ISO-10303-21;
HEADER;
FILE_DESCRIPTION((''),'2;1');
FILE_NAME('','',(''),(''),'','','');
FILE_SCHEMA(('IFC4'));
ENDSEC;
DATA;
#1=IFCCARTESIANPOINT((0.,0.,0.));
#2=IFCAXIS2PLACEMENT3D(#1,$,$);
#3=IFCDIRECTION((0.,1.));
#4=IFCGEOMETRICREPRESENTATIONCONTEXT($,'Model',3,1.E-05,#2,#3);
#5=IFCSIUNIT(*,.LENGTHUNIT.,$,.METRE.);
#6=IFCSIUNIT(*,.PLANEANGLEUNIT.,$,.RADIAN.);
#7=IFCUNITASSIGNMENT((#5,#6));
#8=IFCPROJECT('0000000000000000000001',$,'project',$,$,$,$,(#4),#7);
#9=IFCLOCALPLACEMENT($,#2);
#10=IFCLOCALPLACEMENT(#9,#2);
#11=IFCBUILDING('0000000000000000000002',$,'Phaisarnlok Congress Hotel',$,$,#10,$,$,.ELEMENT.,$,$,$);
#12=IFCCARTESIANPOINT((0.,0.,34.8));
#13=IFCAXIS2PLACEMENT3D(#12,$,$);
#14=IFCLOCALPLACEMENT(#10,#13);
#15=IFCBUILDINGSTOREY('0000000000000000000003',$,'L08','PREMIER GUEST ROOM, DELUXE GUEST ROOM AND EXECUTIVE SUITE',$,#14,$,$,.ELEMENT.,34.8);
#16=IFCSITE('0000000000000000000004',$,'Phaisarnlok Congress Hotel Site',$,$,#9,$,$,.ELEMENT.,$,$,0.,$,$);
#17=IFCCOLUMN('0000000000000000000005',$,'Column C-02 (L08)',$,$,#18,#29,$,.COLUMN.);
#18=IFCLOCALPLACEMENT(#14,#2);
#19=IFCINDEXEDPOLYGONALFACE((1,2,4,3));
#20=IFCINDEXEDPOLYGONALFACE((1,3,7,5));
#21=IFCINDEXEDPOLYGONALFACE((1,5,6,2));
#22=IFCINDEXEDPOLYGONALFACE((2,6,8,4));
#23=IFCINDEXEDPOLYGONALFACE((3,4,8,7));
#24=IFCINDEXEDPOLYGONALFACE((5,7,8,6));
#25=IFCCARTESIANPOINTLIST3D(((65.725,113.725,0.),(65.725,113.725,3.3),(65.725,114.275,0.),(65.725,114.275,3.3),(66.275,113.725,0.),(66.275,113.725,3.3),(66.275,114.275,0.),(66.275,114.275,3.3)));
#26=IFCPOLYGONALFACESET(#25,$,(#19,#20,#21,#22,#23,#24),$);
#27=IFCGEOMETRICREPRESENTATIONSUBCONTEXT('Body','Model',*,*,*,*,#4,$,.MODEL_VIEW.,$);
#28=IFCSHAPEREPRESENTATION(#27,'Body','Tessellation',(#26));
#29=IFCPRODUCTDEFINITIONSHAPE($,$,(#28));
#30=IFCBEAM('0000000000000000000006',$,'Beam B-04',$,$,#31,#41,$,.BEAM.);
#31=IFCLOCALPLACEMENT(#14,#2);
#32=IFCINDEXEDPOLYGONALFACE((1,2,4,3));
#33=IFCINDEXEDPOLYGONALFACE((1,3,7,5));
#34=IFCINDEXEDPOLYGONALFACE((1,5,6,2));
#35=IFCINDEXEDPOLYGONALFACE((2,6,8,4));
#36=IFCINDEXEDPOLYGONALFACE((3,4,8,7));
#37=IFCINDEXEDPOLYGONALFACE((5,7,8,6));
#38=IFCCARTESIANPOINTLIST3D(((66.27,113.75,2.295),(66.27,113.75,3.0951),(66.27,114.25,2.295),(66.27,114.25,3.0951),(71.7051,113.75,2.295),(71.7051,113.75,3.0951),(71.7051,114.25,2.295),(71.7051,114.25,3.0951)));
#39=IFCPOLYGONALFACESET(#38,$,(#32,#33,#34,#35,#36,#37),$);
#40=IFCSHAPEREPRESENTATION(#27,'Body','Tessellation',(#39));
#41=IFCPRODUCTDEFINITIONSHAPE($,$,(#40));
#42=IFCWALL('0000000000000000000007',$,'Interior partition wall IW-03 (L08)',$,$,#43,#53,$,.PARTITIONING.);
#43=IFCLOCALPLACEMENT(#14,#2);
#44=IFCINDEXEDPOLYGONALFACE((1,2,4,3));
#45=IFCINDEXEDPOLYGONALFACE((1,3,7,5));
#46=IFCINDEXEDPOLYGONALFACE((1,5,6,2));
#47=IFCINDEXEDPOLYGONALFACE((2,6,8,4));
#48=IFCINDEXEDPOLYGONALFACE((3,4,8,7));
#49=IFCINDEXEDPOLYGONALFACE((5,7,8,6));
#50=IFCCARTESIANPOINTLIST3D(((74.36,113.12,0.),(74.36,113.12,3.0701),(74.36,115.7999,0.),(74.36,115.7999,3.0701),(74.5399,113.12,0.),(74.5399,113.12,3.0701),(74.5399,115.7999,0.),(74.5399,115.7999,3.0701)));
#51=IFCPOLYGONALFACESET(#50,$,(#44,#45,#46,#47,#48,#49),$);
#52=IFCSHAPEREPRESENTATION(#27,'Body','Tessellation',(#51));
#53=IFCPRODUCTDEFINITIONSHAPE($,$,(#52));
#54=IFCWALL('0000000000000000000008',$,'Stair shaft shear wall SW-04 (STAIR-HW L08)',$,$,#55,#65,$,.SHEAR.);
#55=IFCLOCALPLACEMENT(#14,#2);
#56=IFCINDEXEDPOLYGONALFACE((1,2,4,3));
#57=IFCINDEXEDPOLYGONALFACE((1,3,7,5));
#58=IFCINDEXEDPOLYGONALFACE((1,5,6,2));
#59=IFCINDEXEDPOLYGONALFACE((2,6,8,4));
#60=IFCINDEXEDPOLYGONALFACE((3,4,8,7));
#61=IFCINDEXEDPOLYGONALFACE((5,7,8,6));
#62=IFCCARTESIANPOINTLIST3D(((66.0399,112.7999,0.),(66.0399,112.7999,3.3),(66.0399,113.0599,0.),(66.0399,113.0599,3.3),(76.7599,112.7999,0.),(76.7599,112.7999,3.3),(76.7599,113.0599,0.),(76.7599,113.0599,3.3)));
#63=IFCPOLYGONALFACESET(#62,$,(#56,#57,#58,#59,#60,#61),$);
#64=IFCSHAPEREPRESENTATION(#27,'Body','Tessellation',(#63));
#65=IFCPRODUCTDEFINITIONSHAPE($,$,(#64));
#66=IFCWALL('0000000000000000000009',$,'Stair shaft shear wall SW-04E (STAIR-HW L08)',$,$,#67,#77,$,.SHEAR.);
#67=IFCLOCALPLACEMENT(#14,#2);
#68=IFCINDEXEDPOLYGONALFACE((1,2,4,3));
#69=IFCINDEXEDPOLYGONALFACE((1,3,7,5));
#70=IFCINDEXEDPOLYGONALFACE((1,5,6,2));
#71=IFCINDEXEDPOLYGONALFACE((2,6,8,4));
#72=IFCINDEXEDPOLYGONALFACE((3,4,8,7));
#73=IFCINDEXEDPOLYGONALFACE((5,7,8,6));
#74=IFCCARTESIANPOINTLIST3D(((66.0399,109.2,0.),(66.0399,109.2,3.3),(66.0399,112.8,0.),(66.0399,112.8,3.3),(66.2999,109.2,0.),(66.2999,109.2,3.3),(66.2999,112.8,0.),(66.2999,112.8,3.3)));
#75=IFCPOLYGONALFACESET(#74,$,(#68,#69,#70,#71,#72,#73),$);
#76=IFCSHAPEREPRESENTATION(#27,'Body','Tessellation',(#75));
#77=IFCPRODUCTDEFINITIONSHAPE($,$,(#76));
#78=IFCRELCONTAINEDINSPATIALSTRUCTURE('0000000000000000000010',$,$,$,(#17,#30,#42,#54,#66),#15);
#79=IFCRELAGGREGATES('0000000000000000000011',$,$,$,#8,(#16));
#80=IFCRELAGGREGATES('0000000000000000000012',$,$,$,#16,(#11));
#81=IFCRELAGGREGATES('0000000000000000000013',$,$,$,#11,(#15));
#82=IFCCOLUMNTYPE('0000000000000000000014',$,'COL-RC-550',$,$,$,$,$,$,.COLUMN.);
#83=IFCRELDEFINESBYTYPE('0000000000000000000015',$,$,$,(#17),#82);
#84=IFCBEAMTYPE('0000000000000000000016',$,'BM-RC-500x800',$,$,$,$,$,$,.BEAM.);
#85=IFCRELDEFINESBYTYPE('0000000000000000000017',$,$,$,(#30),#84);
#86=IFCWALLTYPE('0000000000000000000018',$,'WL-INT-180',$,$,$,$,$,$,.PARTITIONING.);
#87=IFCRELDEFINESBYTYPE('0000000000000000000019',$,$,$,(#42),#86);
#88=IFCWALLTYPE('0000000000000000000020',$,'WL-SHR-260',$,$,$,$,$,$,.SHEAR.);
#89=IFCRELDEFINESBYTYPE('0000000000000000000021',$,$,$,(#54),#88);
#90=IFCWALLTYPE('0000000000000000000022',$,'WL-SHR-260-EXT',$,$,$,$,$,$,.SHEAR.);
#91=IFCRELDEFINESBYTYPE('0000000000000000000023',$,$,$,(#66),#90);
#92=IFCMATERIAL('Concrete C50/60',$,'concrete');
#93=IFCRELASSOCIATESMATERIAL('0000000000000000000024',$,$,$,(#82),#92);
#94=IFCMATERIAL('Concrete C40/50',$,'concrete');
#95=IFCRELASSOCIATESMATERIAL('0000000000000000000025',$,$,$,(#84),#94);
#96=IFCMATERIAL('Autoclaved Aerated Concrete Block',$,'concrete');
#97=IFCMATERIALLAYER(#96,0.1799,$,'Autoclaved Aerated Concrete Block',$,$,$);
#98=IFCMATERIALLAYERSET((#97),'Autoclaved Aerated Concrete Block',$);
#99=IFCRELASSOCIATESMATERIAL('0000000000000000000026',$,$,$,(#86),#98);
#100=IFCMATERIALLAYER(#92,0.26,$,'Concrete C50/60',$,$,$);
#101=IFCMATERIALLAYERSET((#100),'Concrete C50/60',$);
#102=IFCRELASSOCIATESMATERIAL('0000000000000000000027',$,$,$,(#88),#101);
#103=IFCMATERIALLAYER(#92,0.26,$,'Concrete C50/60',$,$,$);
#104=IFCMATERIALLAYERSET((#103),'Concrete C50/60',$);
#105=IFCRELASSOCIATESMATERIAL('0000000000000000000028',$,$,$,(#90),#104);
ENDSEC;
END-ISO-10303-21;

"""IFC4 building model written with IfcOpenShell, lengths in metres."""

from ifc_helpers import new_model, si_unit, direction, frame, frame_2d, origin, origin_2d, place, context, subcontext, project, spatial, rectangle, extrude, material, layer, layer_set, material_profile, profile_set, type_object, element, save


model = new_model("IFC4")

# Units and contexts
model_context = context("Model", 3, precision=1e-05, world=origin(), true_north=direction((0.0, 1.0)))
body_context = subcontext(model_context, "Body", "Model", "MODEL_VIEW")
ifc_project = project(units=[si_unit("LENGTHUNIT", "METRE"), si_unit("PLANEANGLEUNIT", "RADIAN")], contexts=[model_context])

# Site, building, storey
site_placement = place(None, origin())
site = spatial("IfcSite", under=ifc_project, at=site_placement, Name="Phaisarnlok Congress Hotel Site", CompositionType="ELEMENT", RefElevation=0.0)
building_placement = place(site_placement, origin())
building = spatial("IfcBuilding", under=site, at=building_placement, Name="Phaisarnlok Congress Hotel", CompositionType="ELEMENT")
storey_placement = place(building_placement, frame((0.0, 0.0, 34.8)))
storey = spatial("IfcBuildingStorey", under=building, at=storey_placement, Name="L08", Description="PREMIER GUEST ROOM, DELUXE GUEST ROOM AND EXECUTIVE SUITE", CompositionType="ELEMENT", Elevation=34.8)

# Column
ifc_material_1 = material(Name="Concrete C50/60", Category="concrete")
ifc_material_profile_1 = material_profile(ifc_material_1, rectangle(XDim=0.55, YDim=0.55, at=origin_2d()), Name="RC 550x550")
ifc_profile_set_1 = profile_set([ifc_material_profile_1], Name="Concrete C50/60")
column_type = type_object("IfcColumnType", Name="COL-RC-550", PredefinedType="COLUMN", material=ifc_profile_set_1)
column_placement = place(storey_placement, frame((66.0, 114.0, 0.0), z_axis=(0.0, 0.0, 1.0), x_axis=(1.0, 0.0, 0.0)))
element("IfcColumn", 1, at=column_placement, inside=storey, type_object=column_type, Name="Column C-02 (L08)", PredefinedType="COLUMN", context=body_context, shape_type="SweptSolid", body=[
    extrude(rectangle(XDim=0.55, YDim=0.55, at=origin_2d()), origin(), (0.0, 0.0, 1.0), 3.3),
])

# Beam
ifc_material_2 = material(Name="Concrete C40/50", Category="concrete")
ifc_material_profile_2 = material_profile(ifc_material_2, rectangle(XDim=0.5, YDim=0.8, at=origin_2d()), Name="RC 500x800")
ifc_profile_set_2 = profile_set([ifc_material_profile_2], Name="Concrete C40/50")
beam_type = type_object("IfcBeamType", Name="BM-RC-500x800", PredefinedType="BEAM", material=ifc_profile_set_2)
beam_placement = place(storey_placement, frame((66.27, 114.0, 2.6951), z_axis=(1.0, 0.0, 0.0), x_axis=(0.0, 1.0, 0.0)))
element("IfcBeam", 2, at=beam_placement, inside=storey, type_object=beam_type, Name="Beam B-04", PredefinedType="BEAM", context=body_context, shape_type="SweptSolid", body=[
    extrude(rectangle(XDim=0.5, YDim=0.8, at=origin_2d()), origin(), (0.0, 0.0, 1.0), 5.4351),
])

# Walls
ifc_material_3 = material(Name="Autoclaved Aerated Concrete Block", Category="concrete")
ifc_layer_1 = layer(ifc_material_3, 0.1799, Name="Autoclaved Aerated Concrete Block")
ifc_layer_set_1 = layer_set([ifc_layer_1], Name="Autoclaved Aerated Concrete Block")
wall_type_1 = type_object("IfcWallType", Name="WL-INT-180", PredefinedType="PARTITIONING", material=ifc_layer_set_1)
wall_1_placement = place(storey_placement, frame((74.45, 113.1201, 0.0), z_axis=(0.0, 0.0, 1.0), x_axis=(0.0, 1.0, 0.0)))
element("IfcWall", 3, at=wall_1_placement, inside=storey, type_object=wall_type_1, Name="Interior partition wall IW-03 (L08)", PredefinedType="PARTITIONING", context=body_context, shape_type="SweptSolid", body=[
    extrude(rectangle(XDim=2.6799, YDim=0.1799, at=frame_2d((1.3398, 0.0))), origin(), (0.0, 0.0, 1.0), 3.0701),
])
ifc_layer_2 = layer(ifc_material_1, 0.26, Name="Concrete C50/60")
ifc_layer_set_2 = layer_set([ifc_layer_2], Name="Concrete C50/60")
wall_type_2 = type_object("IfcWallType", Name="WL-SHR-260", PredefinedType="SHEAR", material=ifc_layer_set_2)
wall_2_placement = place(storey_placement, frame((66.04, 112.9299, 0.0), z_axis=(0.0, 0.0, 1.0), x_axis=(1.0, 0.0, 0.0)))
element("IfcWall", 4, at=wall_2_placement, inside=storey, type_object=wall_type_2, Name="Stair shaft shear wall SW-04 (STAIR-HW L08)", PredefinedType="SHEAR", context=body_context, shape_type="SweptSolid", body=[
    extrude(rectangle(XDim=10.72, YDim=0.26, at=frame_2d((5.3599, 0.0))), origin(), (0.0, 0.0, 1.0), 3.3),
])
ifc_layer_3 = layer(ifc_material_1, 0.26, Name="Concrete C50/60")
ifc_layer_set_3 = layer_set([ifc_layer_3], Name="Concrete C50/60")
wall_type_3 = type_object("IfcWallType", Name="WL-SHR-260-EXT", PredefinedType="SHEAR", material=ifc_layer_set_3)
wall_3_placement = place(storey_placement, frame((66.1699, 109.2, 0.0), z_axis=(0.0, 0.0, 1.0), x_axis=(0.0, 1.0, 0.0)))
element("IfcWall", 5, at=wall_3_placement, inside=storey, type_object=wall_type_3, Name="Stair shaft shear wall SW-04E (STAIR-HW L08)", PredefinedType="SHEAR", context=body_context, shape_type="SweptSolid", body=[
    extrude(rectangle(XDim=3.6001, YDim=0.26, at=frame_2d((1.8, 0.0))), origin(), (0.0, 0.0, 1.0), 3.3),
])

save(model, "model.ifc")
